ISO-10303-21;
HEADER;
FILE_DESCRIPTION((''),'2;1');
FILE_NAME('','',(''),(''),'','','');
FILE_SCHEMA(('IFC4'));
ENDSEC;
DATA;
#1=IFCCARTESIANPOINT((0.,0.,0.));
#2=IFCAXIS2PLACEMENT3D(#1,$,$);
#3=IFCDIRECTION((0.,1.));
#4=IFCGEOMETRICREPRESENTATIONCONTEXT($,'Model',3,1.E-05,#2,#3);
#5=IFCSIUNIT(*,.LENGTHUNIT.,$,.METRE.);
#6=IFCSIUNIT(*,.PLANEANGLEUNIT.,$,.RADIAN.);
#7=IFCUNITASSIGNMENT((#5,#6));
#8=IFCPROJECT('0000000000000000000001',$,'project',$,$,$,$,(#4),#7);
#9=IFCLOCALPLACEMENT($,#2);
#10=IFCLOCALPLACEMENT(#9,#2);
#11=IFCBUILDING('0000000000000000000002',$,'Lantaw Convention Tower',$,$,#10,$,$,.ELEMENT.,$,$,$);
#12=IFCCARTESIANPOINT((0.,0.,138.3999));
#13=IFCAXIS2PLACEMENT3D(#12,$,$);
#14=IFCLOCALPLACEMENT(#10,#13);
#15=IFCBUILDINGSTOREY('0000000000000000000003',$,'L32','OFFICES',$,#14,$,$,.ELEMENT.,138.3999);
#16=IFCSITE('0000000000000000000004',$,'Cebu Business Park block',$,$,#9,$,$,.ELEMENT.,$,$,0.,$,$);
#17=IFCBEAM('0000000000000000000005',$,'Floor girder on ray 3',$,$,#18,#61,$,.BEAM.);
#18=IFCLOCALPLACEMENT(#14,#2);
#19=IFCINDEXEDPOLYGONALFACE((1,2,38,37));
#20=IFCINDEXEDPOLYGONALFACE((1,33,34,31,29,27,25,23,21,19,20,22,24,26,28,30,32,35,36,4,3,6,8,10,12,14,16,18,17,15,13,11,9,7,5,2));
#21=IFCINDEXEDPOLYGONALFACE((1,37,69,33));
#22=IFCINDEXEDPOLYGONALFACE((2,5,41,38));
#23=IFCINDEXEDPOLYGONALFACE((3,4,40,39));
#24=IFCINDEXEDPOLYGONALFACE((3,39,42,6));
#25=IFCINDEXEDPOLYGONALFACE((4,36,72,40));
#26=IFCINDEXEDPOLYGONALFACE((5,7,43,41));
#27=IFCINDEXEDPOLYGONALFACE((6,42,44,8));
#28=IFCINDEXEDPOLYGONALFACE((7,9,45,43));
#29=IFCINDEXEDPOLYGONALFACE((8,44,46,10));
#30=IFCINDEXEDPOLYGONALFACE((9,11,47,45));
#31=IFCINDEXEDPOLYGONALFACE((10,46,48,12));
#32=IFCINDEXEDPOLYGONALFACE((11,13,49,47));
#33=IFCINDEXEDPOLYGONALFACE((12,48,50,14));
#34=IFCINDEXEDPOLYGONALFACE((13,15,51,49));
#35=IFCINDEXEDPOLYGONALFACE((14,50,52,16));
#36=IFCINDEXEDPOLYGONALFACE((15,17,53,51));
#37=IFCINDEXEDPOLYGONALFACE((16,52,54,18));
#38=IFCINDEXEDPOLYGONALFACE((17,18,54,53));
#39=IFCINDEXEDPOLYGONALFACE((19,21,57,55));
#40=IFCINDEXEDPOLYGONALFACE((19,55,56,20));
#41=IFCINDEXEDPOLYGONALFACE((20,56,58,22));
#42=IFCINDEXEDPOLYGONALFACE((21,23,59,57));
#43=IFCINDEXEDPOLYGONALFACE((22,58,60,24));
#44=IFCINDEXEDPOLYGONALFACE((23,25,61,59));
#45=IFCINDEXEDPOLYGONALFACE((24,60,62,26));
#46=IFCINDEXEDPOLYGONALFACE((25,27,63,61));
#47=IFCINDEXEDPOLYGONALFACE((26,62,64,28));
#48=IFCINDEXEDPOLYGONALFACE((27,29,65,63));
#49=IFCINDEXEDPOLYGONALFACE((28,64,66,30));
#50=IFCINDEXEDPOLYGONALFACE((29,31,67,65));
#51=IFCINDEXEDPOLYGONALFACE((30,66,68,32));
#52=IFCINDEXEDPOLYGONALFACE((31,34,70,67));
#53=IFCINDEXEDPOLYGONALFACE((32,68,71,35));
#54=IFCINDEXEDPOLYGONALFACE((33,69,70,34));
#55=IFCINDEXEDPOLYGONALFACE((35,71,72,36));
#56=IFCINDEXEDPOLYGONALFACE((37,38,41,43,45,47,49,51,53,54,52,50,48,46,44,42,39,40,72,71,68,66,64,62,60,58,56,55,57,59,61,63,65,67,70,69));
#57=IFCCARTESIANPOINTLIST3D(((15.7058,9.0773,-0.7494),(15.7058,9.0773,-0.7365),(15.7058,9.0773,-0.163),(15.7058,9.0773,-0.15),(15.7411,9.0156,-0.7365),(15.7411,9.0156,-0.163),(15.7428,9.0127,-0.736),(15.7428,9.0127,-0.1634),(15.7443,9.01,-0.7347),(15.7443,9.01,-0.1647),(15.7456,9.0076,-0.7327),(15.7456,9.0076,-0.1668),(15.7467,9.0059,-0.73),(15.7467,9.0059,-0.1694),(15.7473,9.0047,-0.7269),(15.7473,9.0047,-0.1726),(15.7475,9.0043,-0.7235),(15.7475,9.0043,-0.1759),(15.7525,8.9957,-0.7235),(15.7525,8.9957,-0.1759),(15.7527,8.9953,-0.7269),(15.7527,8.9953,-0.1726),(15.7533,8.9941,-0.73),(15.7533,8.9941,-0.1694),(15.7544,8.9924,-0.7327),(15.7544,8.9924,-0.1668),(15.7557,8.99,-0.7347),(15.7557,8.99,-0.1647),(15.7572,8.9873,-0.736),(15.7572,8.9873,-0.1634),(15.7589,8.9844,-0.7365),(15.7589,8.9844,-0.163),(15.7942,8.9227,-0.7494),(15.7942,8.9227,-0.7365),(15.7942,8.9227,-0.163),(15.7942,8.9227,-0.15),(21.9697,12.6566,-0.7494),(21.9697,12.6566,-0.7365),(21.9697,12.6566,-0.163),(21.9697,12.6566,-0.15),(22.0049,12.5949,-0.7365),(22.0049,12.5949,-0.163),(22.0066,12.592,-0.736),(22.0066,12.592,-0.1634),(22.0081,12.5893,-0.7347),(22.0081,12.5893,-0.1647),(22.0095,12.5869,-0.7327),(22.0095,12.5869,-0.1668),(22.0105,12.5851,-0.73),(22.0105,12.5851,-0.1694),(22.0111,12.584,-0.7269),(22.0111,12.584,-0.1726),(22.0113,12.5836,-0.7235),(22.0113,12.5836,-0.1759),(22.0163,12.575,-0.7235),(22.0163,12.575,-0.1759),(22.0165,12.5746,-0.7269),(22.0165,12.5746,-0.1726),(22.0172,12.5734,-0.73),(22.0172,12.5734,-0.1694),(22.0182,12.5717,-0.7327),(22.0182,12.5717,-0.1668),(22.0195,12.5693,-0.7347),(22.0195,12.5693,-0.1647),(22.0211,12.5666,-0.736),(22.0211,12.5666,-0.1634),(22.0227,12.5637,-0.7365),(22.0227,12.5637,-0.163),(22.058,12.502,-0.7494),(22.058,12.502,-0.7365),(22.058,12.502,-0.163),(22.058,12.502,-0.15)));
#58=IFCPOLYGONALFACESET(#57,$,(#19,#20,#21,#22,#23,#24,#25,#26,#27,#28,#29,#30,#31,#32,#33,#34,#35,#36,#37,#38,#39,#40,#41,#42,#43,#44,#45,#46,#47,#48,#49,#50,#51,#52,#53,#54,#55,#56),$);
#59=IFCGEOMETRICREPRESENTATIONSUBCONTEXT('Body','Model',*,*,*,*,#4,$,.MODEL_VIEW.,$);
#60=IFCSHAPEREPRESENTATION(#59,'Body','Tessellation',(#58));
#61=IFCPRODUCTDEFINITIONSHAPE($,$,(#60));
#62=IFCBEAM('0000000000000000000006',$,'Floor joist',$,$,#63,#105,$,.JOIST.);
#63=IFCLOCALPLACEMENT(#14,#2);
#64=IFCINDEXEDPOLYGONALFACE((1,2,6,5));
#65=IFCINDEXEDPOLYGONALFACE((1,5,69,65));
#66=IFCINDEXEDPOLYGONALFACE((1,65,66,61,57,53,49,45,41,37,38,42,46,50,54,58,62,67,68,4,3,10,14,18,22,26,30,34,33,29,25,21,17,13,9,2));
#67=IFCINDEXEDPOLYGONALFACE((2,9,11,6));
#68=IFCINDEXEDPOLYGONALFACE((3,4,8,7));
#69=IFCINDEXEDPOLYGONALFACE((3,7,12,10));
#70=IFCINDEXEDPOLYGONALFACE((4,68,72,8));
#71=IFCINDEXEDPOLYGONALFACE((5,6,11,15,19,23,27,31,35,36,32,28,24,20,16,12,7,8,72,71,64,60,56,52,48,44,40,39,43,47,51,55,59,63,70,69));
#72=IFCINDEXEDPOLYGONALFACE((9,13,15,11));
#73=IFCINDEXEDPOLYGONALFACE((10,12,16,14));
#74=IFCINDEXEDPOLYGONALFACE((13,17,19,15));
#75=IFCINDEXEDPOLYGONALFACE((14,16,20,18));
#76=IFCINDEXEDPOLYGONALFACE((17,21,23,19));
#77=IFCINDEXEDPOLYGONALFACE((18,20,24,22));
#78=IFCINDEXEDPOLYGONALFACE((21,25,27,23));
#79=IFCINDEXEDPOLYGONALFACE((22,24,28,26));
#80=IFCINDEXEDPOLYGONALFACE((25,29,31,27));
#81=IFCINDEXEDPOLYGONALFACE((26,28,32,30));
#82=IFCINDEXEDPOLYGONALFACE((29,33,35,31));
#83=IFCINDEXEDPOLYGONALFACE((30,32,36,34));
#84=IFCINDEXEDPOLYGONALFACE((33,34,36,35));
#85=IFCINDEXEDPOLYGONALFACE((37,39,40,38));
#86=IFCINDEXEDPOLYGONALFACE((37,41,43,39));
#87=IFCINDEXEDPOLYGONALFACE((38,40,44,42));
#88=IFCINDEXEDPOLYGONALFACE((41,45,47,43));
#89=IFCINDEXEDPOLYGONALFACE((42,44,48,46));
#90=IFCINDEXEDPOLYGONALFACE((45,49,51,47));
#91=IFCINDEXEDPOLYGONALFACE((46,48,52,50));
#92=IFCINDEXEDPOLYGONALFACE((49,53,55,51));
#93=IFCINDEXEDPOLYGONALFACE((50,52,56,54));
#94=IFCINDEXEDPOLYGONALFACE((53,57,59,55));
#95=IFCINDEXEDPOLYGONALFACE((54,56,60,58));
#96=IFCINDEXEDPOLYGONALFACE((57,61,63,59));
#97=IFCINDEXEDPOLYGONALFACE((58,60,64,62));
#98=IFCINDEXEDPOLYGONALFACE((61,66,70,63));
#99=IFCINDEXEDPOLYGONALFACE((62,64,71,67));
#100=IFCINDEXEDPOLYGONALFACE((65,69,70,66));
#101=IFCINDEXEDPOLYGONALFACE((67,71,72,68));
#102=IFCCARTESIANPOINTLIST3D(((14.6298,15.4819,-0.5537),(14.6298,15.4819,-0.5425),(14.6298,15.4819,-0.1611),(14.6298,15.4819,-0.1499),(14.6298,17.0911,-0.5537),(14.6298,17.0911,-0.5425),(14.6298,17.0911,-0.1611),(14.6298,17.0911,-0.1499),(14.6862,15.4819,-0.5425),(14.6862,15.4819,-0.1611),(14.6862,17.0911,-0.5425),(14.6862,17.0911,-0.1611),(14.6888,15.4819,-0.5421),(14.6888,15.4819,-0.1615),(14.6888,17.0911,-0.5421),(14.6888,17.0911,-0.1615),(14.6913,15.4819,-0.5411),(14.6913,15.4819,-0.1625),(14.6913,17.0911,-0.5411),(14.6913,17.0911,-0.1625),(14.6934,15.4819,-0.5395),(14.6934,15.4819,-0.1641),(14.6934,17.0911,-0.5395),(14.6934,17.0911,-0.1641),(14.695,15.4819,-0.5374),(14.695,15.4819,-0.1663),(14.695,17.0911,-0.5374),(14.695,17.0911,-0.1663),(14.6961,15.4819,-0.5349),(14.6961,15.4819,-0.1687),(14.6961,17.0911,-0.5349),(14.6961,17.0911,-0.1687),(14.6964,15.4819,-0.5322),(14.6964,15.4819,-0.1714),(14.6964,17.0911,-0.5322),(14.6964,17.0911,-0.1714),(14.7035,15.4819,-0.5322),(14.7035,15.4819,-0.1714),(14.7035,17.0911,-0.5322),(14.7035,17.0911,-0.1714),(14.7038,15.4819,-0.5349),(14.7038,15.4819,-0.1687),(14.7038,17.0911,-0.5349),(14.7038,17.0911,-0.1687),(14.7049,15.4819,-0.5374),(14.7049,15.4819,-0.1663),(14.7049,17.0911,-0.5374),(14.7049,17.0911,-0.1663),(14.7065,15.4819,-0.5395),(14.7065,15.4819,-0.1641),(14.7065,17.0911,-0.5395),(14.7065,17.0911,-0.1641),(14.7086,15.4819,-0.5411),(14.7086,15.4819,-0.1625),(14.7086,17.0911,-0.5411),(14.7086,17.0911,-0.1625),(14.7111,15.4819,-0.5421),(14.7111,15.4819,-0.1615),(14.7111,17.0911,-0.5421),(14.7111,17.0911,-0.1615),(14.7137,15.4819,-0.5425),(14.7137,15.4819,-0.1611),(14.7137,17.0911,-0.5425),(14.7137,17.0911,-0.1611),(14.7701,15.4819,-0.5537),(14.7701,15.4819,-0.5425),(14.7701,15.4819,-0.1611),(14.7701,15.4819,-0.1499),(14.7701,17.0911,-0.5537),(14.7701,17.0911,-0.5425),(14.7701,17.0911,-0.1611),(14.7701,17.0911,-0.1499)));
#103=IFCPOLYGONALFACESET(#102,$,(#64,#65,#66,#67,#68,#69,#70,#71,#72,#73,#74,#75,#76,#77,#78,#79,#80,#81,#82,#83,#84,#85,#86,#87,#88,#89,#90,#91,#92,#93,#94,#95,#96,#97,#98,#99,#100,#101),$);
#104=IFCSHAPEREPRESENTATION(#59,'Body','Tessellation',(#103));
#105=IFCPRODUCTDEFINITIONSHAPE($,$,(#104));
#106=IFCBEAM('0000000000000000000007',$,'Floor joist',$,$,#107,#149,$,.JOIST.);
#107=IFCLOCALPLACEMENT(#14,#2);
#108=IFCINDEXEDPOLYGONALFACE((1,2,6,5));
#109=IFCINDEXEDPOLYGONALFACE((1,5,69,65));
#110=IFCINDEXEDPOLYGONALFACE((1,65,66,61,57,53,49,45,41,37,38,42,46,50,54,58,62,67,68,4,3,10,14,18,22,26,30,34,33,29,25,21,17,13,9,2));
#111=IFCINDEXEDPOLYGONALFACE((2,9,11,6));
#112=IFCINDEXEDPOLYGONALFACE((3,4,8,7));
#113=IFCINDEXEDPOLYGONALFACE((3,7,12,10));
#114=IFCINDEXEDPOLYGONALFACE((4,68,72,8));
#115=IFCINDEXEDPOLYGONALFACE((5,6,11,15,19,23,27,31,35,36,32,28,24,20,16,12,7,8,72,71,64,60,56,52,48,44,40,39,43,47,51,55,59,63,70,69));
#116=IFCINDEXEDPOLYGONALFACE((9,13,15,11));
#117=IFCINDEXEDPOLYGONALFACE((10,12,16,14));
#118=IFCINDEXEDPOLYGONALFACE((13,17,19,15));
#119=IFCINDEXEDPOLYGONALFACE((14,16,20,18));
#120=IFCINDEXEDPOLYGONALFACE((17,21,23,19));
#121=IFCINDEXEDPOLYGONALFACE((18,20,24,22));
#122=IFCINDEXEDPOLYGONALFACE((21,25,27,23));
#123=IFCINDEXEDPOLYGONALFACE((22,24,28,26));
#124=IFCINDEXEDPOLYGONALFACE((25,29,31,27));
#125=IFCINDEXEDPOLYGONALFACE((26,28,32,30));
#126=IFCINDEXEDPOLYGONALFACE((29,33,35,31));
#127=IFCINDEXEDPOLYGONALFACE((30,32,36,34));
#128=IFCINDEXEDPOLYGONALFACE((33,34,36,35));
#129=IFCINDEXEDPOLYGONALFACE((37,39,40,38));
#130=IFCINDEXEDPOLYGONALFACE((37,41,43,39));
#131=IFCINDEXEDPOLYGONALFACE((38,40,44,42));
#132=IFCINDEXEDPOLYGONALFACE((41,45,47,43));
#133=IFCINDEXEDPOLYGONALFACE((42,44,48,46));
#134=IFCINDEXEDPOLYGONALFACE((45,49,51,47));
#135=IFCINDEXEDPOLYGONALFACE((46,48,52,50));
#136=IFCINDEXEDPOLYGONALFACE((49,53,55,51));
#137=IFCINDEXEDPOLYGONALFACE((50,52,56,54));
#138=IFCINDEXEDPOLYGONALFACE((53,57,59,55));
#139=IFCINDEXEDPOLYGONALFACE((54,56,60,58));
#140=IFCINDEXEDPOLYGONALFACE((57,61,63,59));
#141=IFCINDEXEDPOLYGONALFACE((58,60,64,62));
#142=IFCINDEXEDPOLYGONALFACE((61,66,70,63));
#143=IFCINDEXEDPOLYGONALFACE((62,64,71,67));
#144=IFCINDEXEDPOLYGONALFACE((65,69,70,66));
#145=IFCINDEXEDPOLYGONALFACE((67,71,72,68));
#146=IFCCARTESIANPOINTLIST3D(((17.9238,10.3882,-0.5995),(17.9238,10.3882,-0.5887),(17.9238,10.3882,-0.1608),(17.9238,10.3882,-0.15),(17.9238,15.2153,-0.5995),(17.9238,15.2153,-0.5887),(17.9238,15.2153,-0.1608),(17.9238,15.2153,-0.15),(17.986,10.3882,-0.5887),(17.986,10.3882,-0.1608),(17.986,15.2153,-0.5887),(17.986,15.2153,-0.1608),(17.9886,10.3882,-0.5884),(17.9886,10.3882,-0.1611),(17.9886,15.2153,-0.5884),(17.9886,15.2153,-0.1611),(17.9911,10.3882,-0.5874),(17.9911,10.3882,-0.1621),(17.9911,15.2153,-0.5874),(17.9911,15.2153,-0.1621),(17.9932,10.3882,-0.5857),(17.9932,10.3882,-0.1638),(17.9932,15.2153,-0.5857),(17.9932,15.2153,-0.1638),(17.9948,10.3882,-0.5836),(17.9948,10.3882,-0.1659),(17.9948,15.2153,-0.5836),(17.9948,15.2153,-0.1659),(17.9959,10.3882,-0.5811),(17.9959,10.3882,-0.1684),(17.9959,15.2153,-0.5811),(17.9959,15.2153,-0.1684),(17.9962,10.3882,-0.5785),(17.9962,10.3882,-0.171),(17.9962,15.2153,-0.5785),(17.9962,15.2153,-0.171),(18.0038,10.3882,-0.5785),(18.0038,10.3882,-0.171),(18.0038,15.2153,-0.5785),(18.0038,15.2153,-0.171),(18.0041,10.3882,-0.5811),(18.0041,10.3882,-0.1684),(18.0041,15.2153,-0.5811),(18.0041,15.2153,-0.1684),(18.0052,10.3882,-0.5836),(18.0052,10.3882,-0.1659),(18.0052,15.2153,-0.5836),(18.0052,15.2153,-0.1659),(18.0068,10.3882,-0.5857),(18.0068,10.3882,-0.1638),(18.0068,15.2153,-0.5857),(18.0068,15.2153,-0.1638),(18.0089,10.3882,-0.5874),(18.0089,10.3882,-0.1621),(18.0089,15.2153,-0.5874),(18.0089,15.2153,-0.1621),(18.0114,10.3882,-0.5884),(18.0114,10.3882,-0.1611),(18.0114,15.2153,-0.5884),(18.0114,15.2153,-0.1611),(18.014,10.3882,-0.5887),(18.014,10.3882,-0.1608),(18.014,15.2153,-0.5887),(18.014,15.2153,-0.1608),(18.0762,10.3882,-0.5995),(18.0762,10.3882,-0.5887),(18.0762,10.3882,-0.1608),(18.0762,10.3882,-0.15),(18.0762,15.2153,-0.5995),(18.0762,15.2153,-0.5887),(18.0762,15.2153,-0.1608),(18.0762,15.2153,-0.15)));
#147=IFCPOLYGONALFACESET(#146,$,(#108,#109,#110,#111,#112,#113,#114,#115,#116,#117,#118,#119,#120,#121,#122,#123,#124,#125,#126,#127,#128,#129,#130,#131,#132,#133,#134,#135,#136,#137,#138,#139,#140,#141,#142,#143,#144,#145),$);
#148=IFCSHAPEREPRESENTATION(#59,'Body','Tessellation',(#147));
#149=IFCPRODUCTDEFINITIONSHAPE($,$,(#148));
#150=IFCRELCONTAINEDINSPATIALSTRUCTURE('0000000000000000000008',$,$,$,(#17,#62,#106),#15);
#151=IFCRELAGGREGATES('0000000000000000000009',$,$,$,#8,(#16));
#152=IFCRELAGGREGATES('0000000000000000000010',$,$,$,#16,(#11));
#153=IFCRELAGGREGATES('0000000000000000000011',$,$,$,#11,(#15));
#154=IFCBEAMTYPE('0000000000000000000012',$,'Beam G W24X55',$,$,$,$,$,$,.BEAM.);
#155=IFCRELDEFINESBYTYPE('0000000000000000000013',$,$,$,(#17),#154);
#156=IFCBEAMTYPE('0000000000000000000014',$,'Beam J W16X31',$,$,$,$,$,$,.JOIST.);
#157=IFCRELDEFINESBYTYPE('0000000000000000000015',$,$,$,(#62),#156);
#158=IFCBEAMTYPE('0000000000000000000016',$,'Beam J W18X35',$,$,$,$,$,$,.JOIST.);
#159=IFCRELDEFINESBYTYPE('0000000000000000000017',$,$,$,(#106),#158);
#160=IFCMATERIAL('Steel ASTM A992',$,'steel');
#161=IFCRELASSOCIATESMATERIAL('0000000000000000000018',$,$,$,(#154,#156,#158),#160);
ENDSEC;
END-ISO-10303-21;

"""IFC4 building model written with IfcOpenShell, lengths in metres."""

from ifc_helpers import new_model, si_unit, direction, frame, origin, origin_2d, place, context, subcontext, project, spatial, i_section, extrude, material, material_profile, profile_set, type_object, element, save


model = new_model("IFC4")

# Units and contexts
model_context = context("Model", 3, precision=1e-05, world=origin(), true_north=direction((0.0, 1.0)))
body_context = subcontext(model_context, "Body", "Model", "MODEL_VIEW")
ifc_project = project(units=[si_unit("LENGTHUNIT", "METRE"), si_unit("PLANEANGLEUNIT", "RADIAN")], contexts=[model_context])

# Site, building, storey
site_placement = place(None, origin())
site = spatial("IfcSite", under=ifc_project, at=site_placement, Name="Cebu Business Park block", CompositionType="ELEMENT", RefElevation=0.0)
building_placement = place(site_placement, origin())
building = spatial("IfcBuilding", under=site, at=building_placement, Name="Lantaw Convention Tower", CompositionType="ELEMENT")
storey_placement = place(building_placement, frame((0.0, 0.0, 138.3999)))
storey = spatial("IfcBuildingStorey", under=building, at=storey_placement, Name="L32", Description="OFFICES", CompositionType="ELEMENT", Elevation=138.3999)

# Beams
ifc_material_1 = material(Name="Steel ASTM A992", Category="steel")
ifc_material_profile_1 = material_profile(ifc_material_1, i_section(OverallWidth=0.178, OverallDepth=0.5994, WebThickness=0.01, FlangeThickness=0.0129, FilletRadius=0.0129, at=origin_2d()), Name="W24X55")
ifc_profile_set_1 = profile_set([ifc_material_profile_1], Name="Steel ASTM A992")
beam_type_1 = type_object("IfcBeamType", Name="Beam G W24X55", PredefinedType="BEAM", material=ifc_profile_set_1)
beam_1_placement = place(storey_placement, frame((15.75, 9.0, -0.4497), z_axis=(0.868245, 0.496135, 0.0), x_axis=(-0.496135, 0.868245, 0.0)))
element("IfcBeam", 1, at=beam_1_placement, inside=storey, type_object=beam_type_1, Name="Floor girder on ray 3", PredefinedType="BEAM", context=body_context, shape_type="SweptSolid", body=[
    extrude(i_section(OverallWidth=0.178, OverallDepth=0.5994, WebThickness=0.01, FlangeThickness=0.0129, FilletRadius=0.0129, at=origin_2d()), origin(), (0.0, 0.0, 1.0), 7.2144),
])
ifc_material_profile_2 = material_profile(ifc_material_1, i_section(OverallWidth=0.1404, OverallDepth=0.4038, WebThickness=0.0071, FlangeThickness=0.0112, FilletRadius=0.0103, at=origin_2d()), Name="W16X31")
ifc_profile_set_2 = profile_set([ifc_material_profile_2], Name="Steel ASTM A992")
beam_type_2 = type_object("IfcBeamType", Name="Beam J W16X31", PredefinedType="JOIST", material=ifc_profile_set_2)
beam_2_placement = place(storey_placement, frame((14.7, 15.4819, -0.3518), z_axis=(0.0, 1.0, 0.0), x_axis=(-1.0, 0.0, 0.0)))
element("IfcBeam", 2, at=beam_2_placement, inside=storey, type_object=beam_type_2, Name="Floor joist", PredefinedType="JOIST", context=body_context, shape_type="SweptSolid", body=[
    extrude(i_section(OverallWidth=0.1404, OverallDepth=0.4038, WebThickness=0.0071, FlangeThickness=0.0112, FilletRadius=0.0103, at=origin_2d()), origin(), (0.0, 0.0, 1.0), 1.6091),
])
ifc_material_profile_3 = material_profile(ifc_material_1, i_section(OverallWidth=0.1523, OverallDepth=0.4495, WebThickness=0.0076, FlangeThickness=0.0107, FilletRadius=0.0103, at=origin_2d()), Name="W18X35")
ifc_profile_set_3 = profile_set([ifc_material_profile_3], Name="Steel ASTM A992")
beam_type_3 = type_object("IfcBeamType", Name="Beam J W18X35", PredefinedType="JOIST", material=ifc_profile_set_3)
beam_3_placement = place(storey_placement, frame((18.0, 10.3882, -0.3748), z_axis=(0.0, 1.0, 0.0), x_axis=(-1.0, 0.0, 0.0)))
element("IfcBeam", 3, at=beam_3_placement, inside=storey, type_object=beam_type_3, Name="Floor joist", PredefinedType="JOIST", context=body_context, shape_type="SweptSolid", body=[
    extrude(i_section(OverallWidth=0.1523, OverallDepth=0.4495, WebThickness=0.0076, FlangeThickness=0.0107, FilletRadius=0.0103, at=origin_2d()), origin(), (0.0, 0.0, 1.0), 4.8271),
])

save(model, "model.ifc")
